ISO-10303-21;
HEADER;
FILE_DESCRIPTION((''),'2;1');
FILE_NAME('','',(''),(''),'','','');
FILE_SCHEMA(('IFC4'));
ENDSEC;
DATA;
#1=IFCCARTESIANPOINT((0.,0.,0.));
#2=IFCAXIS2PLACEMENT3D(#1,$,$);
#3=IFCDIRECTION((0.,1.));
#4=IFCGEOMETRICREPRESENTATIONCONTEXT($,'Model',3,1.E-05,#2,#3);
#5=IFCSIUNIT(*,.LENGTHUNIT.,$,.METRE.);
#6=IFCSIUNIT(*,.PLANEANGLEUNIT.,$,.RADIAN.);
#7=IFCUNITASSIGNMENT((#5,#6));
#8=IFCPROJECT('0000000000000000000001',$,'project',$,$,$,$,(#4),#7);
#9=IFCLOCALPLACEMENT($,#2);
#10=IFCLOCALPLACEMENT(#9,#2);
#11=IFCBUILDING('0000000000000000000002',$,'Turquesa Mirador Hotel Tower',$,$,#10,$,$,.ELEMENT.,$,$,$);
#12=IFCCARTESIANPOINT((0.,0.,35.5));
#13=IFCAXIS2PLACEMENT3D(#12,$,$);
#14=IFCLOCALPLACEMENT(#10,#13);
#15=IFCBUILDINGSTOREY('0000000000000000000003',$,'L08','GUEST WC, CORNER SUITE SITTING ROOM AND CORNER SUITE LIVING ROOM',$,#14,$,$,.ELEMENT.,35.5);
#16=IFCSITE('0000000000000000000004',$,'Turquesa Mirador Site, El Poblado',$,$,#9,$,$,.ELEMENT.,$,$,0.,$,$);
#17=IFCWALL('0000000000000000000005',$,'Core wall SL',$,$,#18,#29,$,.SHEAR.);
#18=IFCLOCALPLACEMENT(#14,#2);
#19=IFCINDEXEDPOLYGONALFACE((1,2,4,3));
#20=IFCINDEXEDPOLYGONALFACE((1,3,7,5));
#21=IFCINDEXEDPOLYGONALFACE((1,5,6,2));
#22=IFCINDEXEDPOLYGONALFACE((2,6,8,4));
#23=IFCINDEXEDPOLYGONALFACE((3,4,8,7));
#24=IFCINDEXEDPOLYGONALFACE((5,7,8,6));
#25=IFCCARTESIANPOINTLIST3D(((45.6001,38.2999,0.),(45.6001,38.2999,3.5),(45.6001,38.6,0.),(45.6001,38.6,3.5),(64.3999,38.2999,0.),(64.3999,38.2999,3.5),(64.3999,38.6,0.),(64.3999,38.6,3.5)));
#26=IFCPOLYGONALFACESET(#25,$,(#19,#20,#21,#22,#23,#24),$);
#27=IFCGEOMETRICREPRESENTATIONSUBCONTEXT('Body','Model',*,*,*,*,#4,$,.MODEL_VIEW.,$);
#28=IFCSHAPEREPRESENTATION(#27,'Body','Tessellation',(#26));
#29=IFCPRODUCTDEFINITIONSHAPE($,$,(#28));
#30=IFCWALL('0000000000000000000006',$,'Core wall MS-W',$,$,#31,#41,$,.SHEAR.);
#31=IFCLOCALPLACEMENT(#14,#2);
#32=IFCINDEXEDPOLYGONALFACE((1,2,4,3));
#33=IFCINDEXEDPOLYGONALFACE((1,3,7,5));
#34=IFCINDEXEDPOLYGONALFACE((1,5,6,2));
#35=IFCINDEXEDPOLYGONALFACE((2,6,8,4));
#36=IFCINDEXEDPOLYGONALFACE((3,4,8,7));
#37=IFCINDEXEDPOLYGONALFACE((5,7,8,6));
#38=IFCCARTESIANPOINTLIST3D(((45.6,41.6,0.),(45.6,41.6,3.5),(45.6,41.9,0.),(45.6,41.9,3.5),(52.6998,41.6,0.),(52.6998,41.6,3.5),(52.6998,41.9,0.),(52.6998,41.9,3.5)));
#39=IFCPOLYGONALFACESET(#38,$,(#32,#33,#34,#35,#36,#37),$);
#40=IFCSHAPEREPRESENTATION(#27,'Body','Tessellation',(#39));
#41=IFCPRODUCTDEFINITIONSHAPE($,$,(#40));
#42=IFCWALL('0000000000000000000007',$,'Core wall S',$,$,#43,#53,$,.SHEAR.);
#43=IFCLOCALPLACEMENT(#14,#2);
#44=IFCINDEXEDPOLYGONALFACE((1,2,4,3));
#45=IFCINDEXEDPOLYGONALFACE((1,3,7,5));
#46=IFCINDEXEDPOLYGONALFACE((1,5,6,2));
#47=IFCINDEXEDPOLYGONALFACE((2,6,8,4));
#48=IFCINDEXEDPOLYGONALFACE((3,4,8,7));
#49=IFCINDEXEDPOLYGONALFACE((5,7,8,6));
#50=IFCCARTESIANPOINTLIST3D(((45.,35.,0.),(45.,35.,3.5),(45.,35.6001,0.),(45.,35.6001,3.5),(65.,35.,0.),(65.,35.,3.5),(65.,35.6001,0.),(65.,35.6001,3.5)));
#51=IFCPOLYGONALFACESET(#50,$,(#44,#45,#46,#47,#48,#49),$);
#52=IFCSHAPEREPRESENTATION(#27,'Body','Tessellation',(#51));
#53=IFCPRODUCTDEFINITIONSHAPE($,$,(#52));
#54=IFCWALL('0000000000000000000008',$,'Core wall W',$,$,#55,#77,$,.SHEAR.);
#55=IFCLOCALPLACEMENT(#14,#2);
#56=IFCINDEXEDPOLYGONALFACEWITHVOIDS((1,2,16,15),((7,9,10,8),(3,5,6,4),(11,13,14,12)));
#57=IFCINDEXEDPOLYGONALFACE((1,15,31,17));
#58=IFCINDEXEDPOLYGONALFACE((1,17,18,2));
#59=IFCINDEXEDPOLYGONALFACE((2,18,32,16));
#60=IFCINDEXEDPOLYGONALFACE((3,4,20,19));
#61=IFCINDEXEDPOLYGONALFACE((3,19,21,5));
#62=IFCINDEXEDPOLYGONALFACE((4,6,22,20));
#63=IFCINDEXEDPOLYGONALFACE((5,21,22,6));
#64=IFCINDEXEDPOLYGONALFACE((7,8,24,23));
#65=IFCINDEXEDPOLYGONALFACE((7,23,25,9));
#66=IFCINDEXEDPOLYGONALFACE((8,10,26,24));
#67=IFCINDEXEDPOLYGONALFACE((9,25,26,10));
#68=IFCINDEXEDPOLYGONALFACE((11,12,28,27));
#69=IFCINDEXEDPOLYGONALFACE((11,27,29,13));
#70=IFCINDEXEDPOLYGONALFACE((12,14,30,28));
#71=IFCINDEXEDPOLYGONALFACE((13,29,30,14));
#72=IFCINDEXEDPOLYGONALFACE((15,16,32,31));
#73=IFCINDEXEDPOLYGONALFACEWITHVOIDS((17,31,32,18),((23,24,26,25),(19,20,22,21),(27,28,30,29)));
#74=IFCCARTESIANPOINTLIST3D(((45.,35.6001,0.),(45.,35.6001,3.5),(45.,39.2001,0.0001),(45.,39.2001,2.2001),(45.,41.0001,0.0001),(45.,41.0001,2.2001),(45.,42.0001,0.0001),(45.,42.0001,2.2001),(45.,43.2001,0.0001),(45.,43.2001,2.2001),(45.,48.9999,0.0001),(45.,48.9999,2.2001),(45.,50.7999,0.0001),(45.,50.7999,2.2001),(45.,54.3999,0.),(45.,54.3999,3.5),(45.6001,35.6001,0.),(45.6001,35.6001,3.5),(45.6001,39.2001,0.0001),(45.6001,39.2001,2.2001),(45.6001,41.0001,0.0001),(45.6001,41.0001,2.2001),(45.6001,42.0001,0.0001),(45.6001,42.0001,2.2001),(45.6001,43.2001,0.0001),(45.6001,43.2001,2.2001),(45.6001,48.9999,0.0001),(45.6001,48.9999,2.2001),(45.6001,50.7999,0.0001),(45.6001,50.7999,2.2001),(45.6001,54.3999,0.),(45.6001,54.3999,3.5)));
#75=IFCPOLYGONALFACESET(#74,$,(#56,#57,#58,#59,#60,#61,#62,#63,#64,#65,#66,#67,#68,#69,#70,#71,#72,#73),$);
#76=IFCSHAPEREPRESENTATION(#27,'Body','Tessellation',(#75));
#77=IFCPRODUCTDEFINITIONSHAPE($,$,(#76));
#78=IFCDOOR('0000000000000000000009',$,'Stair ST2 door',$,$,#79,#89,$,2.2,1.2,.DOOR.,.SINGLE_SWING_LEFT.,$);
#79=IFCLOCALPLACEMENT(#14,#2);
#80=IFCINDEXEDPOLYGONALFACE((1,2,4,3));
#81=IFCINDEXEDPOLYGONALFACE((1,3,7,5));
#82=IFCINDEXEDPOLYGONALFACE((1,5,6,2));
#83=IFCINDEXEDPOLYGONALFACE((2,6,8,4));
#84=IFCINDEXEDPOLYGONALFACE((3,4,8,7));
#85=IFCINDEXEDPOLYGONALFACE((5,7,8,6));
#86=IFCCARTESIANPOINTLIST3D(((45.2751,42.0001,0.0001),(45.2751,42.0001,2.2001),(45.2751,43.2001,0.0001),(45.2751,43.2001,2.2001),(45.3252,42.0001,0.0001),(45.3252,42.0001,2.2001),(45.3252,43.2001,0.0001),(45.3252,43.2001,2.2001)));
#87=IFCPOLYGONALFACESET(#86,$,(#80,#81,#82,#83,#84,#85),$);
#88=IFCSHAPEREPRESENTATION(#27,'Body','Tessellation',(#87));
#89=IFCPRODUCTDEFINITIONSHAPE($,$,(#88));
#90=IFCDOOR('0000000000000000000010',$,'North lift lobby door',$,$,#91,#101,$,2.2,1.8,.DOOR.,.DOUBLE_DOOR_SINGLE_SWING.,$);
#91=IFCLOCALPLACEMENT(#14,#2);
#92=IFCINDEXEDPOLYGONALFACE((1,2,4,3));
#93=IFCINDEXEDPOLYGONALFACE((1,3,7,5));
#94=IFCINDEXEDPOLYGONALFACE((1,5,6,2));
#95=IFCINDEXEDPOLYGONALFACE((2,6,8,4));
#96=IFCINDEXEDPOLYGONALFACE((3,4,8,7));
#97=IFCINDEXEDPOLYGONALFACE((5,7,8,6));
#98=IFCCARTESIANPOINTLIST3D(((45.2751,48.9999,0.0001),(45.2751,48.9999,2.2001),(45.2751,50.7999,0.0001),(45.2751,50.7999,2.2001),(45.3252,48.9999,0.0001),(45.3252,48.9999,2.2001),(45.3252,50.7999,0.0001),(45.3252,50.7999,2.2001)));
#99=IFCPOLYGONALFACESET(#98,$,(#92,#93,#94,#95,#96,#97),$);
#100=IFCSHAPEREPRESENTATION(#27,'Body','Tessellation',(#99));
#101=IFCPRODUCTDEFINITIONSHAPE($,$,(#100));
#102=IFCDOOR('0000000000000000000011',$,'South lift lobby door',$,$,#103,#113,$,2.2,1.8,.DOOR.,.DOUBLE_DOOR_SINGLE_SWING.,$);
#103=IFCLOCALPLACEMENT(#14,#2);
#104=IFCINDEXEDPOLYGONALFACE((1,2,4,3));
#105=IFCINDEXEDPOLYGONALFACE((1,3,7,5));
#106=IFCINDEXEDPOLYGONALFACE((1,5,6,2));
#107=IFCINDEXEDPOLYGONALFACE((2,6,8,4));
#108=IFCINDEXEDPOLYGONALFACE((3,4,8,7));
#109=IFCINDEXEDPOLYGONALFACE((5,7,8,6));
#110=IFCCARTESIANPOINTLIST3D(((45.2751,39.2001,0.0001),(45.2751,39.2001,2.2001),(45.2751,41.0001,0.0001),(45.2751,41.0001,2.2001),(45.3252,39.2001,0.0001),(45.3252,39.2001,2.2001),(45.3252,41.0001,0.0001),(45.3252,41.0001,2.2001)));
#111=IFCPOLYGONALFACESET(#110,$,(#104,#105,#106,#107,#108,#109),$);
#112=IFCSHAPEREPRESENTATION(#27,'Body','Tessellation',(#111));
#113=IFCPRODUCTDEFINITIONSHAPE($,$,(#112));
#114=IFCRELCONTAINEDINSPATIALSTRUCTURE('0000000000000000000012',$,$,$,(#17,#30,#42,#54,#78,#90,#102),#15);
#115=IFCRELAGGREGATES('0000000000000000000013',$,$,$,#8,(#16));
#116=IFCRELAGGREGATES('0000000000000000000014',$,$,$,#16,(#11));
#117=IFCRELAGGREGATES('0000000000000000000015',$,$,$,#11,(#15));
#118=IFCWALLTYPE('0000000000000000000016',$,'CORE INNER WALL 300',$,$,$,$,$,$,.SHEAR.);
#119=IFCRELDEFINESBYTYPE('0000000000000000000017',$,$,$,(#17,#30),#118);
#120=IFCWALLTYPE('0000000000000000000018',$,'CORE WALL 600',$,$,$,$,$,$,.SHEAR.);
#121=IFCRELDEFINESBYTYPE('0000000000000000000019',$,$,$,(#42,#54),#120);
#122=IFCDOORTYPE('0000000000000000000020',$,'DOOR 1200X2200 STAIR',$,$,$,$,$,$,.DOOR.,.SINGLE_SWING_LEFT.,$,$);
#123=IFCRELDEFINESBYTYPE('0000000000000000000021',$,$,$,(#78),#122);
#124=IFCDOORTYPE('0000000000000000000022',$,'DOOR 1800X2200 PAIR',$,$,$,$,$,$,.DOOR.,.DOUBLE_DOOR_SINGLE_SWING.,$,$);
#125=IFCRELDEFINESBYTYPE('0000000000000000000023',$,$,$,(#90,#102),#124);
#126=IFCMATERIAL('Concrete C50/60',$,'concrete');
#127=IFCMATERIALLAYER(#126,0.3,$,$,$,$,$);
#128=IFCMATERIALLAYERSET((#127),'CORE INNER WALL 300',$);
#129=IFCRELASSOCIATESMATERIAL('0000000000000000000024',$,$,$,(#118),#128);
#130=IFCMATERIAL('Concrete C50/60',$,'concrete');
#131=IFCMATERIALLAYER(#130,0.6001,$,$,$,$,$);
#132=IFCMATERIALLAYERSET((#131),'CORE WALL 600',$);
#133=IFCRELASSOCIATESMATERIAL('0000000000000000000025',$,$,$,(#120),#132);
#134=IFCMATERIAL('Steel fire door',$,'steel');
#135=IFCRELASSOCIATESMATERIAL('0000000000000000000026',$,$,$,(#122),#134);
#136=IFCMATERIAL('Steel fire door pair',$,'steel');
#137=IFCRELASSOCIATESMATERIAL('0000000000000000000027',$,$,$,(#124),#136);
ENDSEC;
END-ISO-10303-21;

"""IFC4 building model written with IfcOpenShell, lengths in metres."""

from ifc_helpers import new_model, si_unit, direction, frame, frame_2d, origin, place, context, subcontext, project, spatial, rectangle, extrude, material, layer, layer_set, type_object, element, fill, save


model = new_model("IFC4")

# Units and contexts
model_context = context("Model", 3, precision=1e-05, world=origin(), true_north=direction((0.0, 1.0)))
body_context = subcontext(model_context, "Body", "Model", "MODEL_VIEW")
ifc_project = project(units=[si_unit("LENGTHUNIT", "METRE"), si_unit("PLANEANGLEUNIT", "RADIAN")], contexts=[model_context])

# Site, building, storey
site_placement = place(None, origin())
site = spatial("IfcSite", under=ifc_project, at=site_placement, Name="Turquesa Mirador Site, El Poblado", CompositionType="ELEMENT", RefElevation=0.0)
building_placement = place(site_placement, origin())
building = spatial("IfcBuilding", under=site, at=building_placement, Name="Turquesa Mirador Hotel Tower", CompositionType="ELEMENT")
storey_placement = place(building_placement, frame((0.0, 0.0, 35.5)))
storey = spatial("IfcBuildingStorey", under=building, at=storey_placement, Name="L08", Description="GUEST WC, CORNER SUITE SITTING ROOM AND CORNER SUITE LIVING ROOM", CompositionType="ELEMENT", Elevation=35.5)

# Walls
ifc_material_1 = material(Name="Concrete C50/60", Category="concrete")
ifc_layer_1 = layer(ifc_material_1, 0.3)
ifc_layer_set_1 = layer_set([ifc_layer_1], Name="CORE INNER WALL 300")
wall_type_1 = type_object("IfcWallType", Name="CORE INNER WALL 300", PredefinedType="SHEAR", material=ifc_layer_set_1)
wall_1_placement = place(storey_placement, frame((45.6001, 38.45, 0.0), z_axis=(0.0, 0.0, 1.0), x_axis=(1.0, 0.0, 0.0)))
element("IfcWall", 1, at=wall_1_placement, inside=storey, type_object=wall_type_1, Name="Core wall SL", PredefinedType="SHEAR", context=body_context, shape_type="SweptSolid", body=[
    extrude(rectangle(XDim=18.7998, YDim=0.3, at=frame_2d((9.3999, 0.0))), origin(), (0.0, 0.0, 1.0), 3.5),
])
wall_2_placement = place(storey_placement, frame((45.6001, 41.75, 0.0), z_axis=(0.0, 0.0, 1.0), x_axis=(1.0, 0.0, 0.0)))
element("IfcWall", 2, at=wall_2_placement, inside=storey, type_object=wall_type_1, Name="Core wall MS-W", PredefinedType="SHEAR", context=body_context, shape_type="SweptSolid", body=[
    extrude(rectangle(XDim=7.0999, YDim=0.3, at=frame_2d((3.5498, 0.0))), origin(), (0.0, 0.0, 1.0), 3.5),
])
ifc_material_2 = material(Name="Concrete C50/60", Category="concrete")
ifc_layer_2 = layer(ifc_material_2, 0.6001)
ifc_layer_set_2 = layer_set([ifc_layer_2], Name="CORE WALL 600")
wall_type_2 = type_object("IfcWallType", Name="CORE WALL 600", PredefinedType="SHEAR", material=ifc_layer_set_2)
wall_3_placement = place(storey_placement, frame((45.0, 35.3, 0.0), z_axis=(0.0, 0.0, 1.0), x_axis=(1.0, 0.0, 0.0)))
element("IfcWall", 3, at=wall_3_placement, inside=storey, type_object=wall_type_2, Name="Core wall S", PredefinedType="SHEAR", context=body_context, shape_type="SweptSolid", body=[
    extrude(rectangle(XDim=20.0, YDim=0.6001, at=frame_2d((10.0, 0.0))), origin(), (0.0, 0.0, 1.0), 3.5),
])

# Wall, openings, doors
wall_4_placement = place(storey_placement, frame((45.3, 35.6001, 0.0), z_axis=(0.0, 0.0, 1.0), x_axis=(0.0, 1.0, 0.0)))
wall_4 = element("IfcWall", 4, at=wall_4_placement, inside=storey, type_object=wall_type_2, Name="Core wall W", PredefinedType="SHEAR", context=body_context, shape_type="SweptSolid", body=[
    extrude(rectangle(XDim=18.7998, YDim=0.6001, at=frame_2d((9.3999, 0.0))), origin(), (0.0, 0.0, 1.0), 3.5),
])
opening_1_placement = place(wall_4_placement, frame((13.3999, 0.0, 0.0)))
opening_1 = element("IfcOpeningElement", 5, at=opening_1_placement, cuts=wall_4, PredefinedType="OPENING", context=body_context, shape_type="SweptSolid", body=[
    extrude(rectangle(XDim=1.8, YDim=2.2, at=frame_2d((0.8999, 1.1001))), frame((0.0, 0.3101, 0.0), z_axis=(0.0, -1.0, 0.0), x_axis=(1.0, 0.0, 0.0)), (0.0, 0.0, 1.0), 0.6201),
])
opening_2_placement = place(wall_4_placement, frame((3.6001, 0.0, 0.0)))
opening_2 = element("IfcOpeningElement", 6, at=opening_2_placement, cuts=wall_4, PredefinedType="OPENING", context=body_context, shape_type="SweptSolid", body=[
    extrude(rectangle(XDim=1.8, YDim=2.2, at=frame_2d((0.8999, 1.1001))), frame((0.0, 0.3101, 0.0), z_axis=(0.0, -1.0, 0.0), x_axis=(1.0, 0.0, 0.0)), (0.0, 0.0, 1.0), 0.6201),
])
opening_3_placement = place(wall_4_placement, frame((6.3999, 0.0, 0.0)))
opening_3 = element("IfcOpeningElement", 7, at=opening_3_placement, cuts=wall_4, PredefinedType="OPENING", context=body_context, shape_type="SweptSolid", body=[
    extrude(rectangle(XDim=1.2, YDim=2.2, at=frame_2d((0.6001, 1.1001))), frame((0.0, 0.3101, 0.0), z_axis=(0.0, -1.0, 0.0), x_axis=(1.0, 0.0, 0.0)), (0.0, 0.0, 1.0), 0.6201),
])
ifc_material_3 = material(Name="Steel fire door", Category="steel")
door_type_1 = type_object("IfcDoorType", Name="DOOR 1200X2200 STAIR", OperationType="SINGLE_SWING_LEFT", PredefinedType="DOOR", material=ifc_material_3)
door_1_placement = place(opening_3_placement, origin())
door_1 = element("IfcDoor", 8, at=door_1_placement, inside=storey, type_object=door_type_1, Name="Stair ST2 door", OperationType="SINGLE_SWING_LEFT", OverallHeight=2.2, OverallWidth=1.2, PredefinedType="DOOR", context=body_context, shape_type="SweptSolid", body=[
    extrude(rectangle(XDim=1.2, YDim=2.2, at=frame_2d((0.6001, 1.1001))), frame((0.0, 0.0249, 0.0), z_axis=(0.0, -1.0, 0.0), x_axis=(1.0, 0.0, 0.0)), (0.0, 0.0, 1.0), 0.05),
])
fill(opening_3, door_1)
ifc_material_4 = material(Name="Steel fire door pair", Category="steel")
door_type_2 = type_object("IfcDoorType", Name="DOOR 1800X2200 PAIR", OperationType="DOUBLE_DOOR_SINGLE_SWING", PredefinedType="DOOR", material=ifc_material_4)
door_2_placement = place(opening_1_placement, origin())
door_2 = element("IfcDoor", 9, at=door_2_placement, inside=storey, type_object=door_type_2, Name="North lift lobby door", OperationType="DOUBLE_DOOR_SINGLE_SWING", OverallHeight=2.2, OverallWidth=1.8, PredefinedType="DOOR", context=body_context, shape_type="SweptSolid", body=[
    extrude(rectangle(XDim=1.8, YDim=2.2, at=frame_2d((0.8999, 1.1001))), frame((0.0, 0.0249, 0.0), z_axis=(0.0, -1.0, 0.0), x_axis=(1.0, 0.0, 0.0)), (0.0, 0.0, 1.0), 0.05),
])
fill(opening_1, door_2)
door_3_placement = place(opening_2_placement, origin())
door_3 = element("IfcDoor", 10, at=door_3_placement, inside=storey, type_object=door_type_2, Name="South lift lobby door", OperationType="DOUBLE_DOOR_SINGLE_SWING", OverallHeight=2.2, OverallWidth=1.8, PredefinedType="DOOR", context=body_context, shape_type="SweptSolid", body=[
    extrude(rectangle(XDim=1.8, YDim=2.2, at=frame_2d((0.8999, 1.1001))), frame((0.0, 0.0249, 0.0), z_axis=(0.0, -1.0, 0.0), x_axis=(1.0, 0.0, 0.0)), (0.0, 0.0, 1.0), 0.05),
])
fill(opening_2, door_3)

save(model, "model.ifc")
